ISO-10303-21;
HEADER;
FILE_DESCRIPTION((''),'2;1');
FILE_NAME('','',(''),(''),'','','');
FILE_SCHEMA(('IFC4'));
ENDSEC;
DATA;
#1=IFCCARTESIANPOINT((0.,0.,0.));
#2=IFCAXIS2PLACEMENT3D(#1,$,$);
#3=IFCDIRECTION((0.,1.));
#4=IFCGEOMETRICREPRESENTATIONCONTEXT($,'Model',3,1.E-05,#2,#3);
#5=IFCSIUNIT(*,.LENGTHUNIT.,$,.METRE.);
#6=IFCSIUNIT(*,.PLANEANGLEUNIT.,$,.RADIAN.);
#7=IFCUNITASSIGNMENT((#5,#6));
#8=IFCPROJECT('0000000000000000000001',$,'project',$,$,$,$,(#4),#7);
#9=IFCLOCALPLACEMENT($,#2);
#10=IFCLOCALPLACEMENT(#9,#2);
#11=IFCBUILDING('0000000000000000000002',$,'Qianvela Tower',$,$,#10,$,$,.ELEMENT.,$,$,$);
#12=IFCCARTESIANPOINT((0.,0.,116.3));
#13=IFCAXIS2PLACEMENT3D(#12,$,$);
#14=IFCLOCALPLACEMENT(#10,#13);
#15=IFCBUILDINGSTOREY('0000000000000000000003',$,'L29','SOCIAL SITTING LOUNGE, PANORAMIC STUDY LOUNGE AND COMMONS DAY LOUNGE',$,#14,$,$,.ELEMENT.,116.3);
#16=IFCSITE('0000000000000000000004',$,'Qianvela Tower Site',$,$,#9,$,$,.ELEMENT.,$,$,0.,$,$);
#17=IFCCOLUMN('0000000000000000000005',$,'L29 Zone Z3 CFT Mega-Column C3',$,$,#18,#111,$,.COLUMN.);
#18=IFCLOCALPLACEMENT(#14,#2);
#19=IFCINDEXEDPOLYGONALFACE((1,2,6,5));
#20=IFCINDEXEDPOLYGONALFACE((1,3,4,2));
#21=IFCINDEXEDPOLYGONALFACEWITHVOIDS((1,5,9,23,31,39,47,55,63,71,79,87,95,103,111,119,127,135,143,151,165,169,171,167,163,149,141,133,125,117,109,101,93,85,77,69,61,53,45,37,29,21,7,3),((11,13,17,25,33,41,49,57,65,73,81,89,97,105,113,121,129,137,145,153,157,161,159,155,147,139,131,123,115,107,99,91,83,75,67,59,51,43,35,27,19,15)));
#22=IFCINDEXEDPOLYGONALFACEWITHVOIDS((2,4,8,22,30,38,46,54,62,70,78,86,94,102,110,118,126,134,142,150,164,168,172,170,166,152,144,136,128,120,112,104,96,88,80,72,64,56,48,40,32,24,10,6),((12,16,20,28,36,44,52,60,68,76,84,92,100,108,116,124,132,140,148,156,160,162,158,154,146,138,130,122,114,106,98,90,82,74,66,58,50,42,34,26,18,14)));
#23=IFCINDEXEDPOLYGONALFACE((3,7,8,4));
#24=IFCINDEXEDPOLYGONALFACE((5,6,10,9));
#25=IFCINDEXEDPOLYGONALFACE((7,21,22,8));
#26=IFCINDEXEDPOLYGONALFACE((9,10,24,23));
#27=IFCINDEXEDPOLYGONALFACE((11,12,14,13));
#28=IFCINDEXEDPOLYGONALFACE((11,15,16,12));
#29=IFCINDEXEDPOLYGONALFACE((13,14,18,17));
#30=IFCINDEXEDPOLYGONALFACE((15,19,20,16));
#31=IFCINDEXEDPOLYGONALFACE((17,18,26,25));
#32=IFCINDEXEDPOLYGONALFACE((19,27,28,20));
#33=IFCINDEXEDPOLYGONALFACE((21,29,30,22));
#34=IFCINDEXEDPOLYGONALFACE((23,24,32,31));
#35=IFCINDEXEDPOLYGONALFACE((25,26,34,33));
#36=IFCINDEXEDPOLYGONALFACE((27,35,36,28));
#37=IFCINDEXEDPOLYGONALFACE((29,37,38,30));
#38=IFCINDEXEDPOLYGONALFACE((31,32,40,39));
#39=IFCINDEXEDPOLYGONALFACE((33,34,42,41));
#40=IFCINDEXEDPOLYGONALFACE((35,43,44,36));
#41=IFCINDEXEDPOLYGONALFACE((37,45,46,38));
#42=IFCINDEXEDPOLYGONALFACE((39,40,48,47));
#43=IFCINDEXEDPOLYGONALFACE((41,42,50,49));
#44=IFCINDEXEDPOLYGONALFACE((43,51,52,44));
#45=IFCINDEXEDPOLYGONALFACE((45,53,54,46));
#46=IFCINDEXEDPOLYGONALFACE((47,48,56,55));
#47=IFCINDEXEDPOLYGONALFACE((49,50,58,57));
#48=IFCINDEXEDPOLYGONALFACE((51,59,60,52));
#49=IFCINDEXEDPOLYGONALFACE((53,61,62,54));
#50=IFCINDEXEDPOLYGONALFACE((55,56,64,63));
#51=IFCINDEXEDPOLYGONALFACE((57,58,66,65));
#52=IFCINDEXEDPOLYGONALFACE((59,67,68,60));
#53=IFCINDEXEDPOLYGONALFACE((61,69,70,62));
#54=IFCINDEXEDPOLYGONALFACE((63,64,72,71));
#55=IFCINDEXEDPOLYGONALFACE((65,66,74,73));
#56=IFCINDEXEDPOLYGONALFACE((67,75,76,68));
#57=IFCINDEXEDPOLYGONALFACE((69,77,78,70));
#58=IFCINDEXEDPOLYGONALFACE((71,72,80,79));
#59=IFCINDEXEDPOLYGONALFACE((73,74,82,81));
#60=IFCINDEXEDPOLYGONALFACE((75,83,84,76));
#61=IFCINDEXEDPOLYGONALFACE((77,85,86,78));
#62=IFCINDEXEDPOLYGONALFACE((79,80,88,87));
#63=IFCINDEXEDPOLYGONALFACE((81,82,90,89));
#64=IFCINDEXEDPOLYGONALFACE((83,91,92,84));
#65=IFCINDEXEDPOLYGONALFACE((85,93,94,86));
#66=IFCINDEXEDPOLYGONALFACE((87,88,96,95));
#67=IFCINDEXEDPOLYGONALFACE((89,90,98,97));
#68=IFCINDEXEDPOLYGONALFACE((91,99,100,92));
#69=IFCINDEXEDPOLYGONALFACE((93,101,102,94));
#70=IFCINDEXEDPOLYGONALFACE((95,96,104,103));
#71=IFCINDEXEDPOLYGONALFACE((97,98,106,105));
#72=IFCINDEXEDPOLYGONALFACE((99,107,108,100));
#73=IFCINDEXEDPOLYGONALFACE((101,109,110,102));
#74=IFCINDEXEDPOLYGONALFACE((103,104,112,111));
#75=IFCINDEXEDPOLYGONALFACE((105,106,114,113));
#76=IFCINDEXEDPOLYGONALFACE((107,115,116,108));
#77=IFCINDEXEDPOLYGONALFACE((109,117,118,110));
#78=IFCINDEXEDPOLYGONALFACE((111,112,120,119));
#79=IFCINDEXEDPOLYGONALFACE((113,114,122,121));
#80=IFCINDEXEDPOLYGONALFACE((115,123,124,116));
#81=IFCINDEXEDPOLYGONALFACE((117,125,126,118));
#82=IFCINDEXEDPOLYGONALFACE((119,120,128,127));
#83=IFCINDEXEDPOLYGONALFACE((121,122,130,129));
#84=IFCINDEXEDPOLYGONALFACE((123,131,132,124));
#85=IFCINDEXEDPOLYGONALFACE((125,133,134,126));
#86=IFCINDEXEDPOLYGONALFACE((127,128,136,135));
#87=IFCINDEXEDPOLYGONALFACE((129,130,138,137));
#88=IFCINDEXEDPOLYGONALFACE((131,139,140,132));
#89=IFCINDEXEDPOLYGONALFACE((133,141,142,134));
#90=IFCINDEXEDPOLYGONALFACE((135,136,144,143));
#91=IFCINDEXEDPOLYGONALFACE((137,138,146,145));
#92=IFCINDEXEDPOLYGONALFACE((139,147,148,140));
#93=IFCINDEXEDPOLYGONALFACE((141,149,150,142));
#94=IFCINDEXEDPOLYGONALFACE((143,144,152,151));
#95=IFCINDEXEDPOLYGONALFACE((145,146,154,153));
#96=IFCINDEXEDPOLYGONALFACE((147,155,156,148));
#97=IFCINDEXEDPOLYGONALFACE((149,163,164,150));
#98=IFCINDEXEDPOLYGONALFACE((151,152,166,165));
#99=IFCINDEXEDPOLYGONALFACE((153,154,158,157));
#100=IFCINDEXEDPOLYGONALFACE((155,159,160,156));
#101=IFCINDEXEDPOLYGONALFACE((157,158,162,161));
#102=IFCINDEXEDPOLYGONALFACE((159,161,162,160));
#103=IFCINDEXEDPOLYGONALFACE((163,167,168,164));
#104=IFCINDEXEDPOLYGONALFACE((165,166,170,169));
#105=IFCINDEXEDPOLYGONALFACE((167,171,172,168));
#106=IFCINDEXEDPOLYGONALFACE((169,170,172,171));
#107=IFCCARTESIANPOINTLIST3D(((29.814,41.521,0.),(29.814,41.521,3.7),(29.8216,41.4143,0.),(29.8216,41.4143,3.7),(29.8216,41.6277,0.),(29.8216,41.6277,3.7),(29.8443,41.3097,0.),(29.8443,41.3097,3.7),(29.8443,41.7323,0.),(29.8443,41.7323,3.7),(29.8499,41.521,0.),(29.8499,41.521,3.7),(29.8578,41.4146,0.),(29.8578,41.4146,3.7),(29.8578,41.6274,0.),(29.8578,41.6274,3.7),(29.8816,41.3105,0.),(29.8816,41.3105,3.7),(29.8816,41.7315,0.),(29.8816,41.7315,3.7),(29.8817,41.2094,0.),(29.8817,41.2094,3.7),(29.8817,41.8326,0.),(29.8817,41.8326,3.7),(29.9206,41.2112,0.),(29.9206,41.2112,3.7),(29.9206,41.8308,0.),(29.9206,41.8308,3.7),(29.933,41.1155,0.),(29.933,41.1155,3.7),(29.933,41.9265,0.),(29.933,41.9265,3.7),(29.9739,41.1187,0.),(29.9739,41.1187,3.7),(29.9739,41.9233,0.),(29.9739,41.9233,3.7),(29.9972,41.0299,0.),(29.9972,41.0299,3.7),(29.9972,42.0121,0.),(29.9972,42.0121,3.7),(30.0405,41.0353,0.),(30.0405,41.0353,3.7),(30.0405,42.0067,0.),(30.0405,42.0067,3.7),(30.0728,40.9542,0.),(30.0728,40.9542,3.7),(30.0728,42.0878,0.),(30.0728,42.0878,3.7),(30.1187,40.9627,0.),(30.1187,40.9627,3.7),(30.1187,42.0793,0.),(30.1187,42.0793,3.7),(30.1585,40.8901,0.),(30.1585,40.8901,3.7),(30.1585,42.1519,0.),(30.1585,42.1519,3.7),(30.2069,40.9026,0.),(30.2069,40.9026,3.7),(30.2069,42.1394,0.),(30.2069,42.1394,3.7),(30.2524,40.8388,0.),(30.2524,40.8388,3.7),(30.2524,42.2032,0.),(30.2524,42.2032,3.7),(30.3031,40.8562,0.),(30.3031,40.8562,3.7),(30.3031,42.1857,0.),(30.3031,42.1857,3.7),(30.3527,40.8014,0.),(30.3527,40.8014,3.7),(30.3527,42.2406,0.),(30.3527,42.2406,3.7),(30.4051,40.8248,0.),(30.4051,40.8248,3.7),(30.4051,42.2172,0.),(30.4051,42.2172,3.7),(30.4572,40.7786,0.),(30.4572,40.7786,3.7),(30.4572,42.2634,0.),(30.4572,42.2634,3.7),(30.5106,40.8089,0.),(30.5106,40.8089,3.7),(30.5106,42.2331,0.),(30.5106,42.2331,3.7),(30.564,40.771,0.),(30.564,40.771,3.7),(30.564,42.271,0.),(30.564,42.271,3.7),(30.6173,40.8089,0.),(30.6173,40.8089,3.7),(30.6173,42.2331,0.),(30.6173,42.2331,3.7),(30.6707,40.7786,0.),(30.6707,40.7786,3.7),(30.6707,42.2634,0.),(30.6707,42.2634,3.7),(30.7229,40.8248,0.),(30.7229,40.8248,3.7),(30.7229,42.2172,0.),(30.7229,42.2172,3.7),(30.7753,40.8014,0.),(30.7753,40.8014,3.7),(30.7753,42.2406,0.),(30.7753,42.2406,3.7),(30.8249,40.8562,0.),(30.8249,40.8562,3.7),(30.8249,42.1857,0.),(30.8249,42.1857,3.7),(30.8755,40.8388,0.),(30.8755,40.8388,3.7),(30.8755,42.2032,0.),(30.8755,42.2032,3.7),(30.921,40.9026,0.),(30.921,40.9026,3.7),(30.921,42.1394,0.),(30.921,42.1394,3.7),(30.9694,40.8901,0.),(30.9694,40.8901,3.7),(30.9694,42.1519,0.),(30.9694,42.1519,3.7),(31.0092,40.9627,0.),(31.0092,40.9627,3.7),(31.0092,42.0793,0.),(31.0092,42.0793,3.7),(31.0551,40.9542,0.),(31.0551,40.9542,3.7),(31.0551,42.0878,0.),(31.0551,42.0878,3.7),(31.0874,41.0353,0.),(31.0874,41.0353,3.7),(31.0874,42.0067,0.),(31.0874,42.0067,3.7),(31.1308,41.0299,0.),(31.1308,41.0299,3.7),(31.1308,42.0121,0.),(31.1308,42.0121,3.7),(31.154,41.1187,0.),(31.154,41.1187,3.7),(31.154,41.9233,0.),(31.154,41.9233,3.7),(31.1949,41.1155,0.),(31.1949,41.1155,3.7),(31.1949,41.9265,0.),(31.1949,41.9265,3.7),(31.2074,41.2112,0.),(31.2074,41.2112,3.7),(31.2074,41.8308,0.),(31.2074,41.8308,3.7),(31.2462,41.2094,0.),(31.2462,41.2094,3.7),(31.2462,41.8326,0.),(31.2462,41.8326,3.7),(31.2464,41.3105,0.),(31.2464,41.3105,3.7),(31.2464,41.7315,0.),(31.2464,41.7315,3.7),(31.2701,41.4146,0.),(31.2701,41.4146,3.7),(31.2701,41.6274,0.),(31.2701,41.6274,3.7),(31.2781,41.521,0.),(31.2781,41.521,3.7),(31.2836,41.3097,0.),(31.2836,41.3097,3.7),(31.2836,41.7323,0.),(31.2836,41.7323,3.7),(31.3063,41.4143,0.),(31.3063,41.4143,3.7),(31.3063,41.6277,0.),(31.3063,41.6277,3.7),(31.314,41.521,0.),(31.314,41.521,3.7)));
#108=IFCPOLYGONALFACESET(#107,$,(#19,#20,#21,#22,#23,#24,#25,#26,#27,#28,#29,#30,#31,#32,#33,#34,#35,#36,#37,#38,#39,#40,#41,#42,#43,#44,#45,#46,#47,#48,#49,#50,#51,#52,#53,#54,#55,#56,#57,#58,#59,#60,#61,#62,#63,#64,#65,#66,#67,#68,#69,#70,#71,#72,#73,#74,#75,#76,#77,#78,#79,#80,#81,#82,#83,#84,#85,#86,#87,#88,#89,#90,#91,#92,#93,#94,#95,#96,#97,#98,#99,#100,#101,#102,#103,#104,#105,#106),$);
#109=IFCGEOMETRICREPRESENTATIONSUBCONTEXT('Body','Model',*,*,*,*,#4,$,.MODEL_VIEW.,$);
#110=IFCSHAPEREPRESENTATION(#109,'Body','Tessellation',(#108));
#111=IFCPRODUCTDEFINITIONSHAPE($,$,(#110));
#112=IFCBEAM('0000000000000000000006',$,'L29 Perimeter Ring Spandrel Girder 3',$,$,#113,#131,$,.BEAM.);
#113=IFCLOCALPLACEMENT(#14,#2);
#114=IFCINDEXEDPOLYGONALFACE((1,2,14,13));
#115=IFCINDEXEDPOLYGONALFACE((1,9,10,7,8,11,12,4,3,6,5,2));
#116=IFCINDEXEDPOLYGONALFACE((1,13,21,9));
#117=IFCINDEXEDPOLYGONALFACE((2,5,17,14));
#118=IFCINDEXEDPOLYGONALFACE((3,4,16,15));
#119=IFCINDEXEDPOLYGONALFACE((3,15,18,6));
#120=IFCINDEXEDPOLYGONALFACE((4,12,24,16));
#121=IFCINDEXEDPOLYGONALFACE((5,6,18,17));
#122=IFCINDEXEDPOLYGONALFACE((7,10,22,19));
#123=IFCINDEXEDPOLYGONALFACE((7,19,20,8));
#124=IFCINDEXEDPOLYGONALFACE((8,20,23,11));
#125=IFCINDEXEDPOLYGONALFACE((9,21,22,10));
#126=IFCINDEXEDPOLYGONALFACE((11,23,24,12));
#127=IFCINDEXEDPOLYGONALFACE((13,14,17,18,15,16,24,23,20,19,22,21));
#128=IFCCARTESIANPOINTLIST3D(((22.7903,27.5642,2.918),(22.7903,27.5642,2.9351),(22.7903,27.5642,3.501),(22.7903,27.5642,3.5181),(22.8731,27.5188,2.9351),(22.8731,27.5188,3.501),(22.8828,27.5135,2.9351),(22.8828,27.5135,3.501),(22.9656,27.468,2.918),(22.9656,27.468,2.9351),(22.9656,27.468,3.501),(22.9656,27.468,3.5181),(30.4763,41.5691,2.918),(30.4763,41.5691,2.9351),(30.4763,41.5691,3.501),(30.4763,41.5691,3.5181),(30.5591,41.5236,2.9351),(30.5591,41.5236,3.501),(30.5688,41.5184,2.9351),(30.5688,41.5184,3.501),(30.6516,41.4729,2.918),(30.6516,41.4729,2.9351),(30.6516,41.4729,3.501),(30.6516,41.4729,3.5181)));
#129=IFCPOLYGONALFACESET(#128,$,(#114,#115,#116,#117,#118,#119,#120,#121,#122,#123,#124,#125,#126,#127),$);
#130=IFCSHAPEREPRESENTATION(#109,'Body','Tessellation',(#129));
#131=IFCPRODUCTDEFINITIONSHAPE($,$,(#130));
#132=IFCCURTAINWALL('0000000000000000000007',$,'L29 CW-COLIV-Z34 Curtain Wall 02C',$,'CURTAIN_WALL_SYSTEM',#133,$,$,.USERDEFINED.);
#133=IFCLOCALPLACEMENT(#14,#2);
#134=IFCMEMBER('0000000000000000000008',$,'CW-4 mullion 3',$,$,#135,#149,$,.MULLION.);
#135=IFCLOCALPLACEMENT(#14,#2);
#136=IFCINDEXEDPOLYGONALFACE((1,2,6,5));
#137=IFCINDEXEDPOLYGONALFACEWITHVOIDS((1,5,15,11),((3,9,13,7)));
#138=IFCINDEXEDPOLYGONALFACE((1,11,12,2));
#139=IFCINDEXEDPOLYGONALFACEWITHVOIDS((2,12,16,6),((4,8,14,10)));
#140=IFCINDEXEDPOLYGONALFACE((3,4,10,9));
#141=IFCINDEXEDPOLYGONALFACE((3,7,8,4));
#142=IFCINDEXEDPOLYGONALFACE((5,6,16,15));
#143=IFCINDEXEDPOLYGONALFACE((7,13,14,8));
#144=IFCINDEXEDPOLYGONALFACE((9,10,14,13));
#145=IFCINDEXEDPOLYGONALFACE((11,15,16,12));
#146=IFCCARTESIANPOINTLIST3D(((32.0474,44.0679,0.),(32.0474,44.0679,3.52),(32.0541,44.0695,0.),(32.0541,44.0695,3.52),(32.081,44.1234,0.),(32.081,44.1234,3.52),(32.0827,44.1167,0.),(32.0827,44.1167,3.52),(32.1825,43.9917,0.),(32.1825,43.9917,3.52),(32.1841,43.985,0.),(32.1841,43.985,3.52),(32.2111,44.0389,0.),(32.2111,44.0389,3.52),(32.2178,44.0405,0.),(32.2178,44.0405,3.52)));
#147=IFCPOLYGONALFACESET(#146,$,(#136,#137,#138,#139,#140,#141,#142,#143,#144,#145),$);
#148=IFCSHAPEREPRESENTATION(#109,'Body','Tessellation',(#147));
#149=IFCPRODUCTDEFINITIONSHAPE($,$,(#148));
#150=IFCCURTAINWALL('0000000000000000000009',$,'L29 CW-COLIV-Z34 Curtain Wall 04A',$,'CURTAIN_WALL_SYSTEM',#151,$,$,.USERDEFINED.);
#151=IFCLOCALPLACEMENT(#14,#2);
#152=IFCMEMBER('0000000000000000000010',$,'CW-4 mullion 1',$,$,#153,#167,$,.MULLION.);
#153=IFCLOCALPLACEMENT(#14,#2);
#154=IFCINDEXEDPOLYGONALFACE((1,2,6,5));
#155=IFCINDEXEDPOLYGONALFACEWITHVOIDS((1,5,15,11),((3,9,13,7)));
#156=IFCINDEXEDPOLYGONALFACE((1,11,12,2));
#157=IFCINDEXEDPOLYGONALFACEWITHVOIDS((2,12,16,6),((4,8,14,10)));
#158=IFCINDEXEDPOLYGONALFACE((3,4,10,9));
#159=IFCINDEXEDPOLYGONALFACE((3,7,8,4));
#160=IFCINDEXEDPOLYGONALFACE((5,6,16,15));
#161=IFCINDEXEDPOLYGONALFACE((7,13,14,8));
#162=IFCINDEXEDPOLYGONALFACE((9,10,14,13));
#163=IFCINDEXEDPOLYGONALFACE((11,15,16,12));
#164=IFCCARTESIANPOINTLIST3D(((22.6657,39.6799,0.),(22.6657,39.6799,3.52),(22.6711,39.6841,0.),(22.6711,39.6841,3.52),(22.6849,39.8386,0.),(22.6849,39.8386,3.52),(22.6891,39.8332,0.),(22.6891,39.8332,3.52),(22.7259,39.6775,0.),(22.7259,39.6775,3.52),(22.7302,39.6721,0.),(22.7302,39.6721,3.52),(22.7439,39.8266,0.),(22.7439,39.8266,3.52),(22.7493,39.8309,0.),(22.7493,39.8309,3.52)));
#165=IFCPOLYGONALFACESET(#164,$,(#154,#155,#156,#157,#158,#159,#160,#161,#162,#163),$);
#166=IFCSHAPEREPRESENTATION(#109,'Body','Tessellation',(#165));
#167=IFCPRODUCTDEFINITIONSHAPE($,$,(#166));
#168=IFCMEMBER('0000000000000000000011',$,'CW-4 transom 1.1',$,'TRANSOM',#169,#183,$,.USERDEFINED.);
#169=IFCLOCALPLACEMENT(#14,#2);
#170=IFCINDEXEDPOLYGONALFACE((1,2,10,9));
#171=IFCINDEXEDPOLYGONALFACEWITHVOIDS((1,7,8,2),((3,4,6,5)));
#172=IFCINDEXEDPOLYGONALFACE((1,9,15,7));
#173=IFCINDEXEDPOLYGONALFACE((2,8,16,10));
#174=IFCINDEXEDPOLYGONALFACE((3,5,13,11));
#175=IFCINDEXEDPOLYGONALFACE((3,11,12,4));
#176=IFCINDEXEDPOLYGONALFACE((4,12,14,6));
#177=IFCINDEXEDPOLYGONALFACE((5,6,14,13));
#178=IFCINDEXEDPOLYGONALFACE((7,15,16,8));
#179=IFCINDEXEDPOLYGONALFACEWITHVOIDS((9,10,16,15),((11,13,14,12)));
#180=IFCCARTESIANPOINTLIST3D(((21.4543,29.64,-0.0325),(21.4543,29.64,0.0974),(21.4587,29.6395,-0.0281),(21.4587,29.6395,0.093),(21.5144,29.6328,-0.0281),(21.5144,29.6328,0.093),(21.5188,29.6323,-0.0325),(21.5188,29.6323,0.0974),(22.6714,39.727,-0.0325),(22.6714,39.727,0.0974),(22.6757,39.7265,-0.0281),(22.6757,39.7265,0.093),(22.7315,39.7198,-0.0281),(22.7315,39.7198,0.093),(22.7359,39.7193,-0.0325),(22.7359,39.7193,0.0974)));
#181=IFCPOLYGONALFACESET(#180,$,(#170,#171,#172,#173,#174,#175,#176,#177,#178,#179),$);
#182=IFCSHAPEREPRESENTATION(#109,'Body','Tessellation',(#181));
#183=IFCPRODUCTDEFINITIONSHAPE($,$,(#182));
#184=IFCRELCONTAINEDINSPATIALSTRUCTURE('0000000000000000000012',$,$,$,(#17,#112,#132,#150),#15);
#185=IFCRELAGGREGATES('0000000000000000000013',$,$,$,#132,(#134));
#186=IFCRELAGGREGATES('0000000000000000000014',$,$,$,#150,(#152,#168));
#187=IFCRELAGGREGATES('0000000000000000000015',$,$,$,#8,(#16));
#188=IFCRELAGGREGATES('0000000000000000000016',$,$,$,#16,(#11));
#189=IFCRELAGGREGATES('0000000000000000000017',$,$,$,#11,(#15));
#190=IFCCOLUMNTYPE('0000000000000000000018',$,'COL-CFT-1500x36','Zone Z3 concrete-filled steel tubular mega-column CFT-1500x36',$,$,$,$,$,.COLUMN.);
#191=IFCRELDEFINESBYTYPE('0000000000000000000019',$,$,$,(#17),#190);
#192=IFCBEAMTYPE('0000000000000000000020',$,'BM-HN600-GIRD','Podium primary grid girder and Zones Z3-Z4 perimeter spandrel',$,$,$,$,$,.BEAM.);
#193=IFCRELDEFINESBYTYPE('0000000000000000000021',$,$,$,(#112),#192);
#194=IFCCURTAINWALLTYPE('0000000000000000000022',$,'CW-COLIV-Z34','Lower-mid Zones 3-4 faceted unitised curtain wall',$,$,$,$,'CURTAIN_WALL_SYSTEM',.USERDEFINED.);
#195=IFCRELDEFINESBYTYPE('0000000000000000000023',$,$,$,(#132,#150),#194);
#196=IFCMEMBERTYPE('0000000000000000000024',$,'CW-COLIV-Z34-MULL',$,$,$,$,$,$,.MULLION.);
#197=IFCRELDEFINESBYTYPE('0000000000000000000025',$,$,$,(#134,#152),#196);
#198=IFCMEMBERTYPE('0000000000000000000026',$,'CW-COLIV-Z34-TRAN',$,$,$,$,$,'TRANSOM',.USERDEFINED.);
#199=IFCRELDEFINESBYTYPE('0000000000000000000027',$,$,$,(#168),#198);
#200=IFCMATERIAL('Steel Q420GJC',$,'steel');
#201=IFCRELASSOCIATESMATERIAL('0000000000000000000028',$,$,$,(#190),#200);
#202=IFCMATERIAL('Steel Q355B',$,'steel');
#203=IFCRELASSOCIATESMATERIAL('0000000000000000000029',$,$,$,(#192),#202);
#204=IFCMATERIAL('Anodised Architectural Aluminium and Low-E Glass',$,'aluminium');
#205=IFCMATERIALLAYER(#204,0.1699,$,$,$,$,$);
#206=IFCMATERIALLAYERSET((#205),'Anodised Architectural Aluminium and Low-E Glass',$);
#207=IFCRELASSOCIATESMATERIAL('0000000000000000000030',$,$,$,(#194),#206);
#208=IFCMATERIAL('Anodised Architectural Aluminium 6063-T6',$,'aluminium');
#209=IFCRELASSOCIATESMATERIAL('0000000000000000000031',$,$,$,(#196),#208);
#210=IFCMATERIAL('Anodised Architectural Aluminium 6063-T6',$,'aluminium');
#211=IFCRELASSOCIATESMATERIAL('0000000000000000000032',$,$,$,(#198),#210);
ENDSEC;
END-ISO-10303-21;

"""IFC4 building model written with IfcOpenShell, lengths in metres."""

from ifc_helpers import new_model, si_unit, direction, frame, origin, origin_2d, place, context, subcontext, project, spatial, hollow_rectangle, hollow_circle, i_section, extrude, material, layer, layer_set, material_profile, profile_set, type_object, element, aggregate, save


model = new_model("IFC4")

# Units and contexts
model_context = context("Model", 3, precision=1e-05, world=origin(), true_north=direction((0.0, 1.0)))
body_context = subcontext(model_context, "Body", "Model", "MODEL_VIEW")
ifc_project = project(units=[si_unit("LENGTHUNIT", "METRE"), si_unit("PLANEANGLEUNIT", "RADIAN")], contexts=[model_context])

# Site, building, storey
site_placement = place(None, origin())
site = spatial("IfcSite", under=ifc_project, at=site_placement, Name="Qianvela Tower Site", CompositionType="ELEMENT", RefElevation=0.0)
building_placement = place(site_placement, origin())
building = spatial("IfcBuilding", under=site, at=building_placement, Name="Qianvela Tower", CompositionType="ELEMENT")
storey_placement = place(building_placement, frame((0.0, 0.0, 116.3)))
storey = spatial("IfcBuildingStorey", under=building, at=storey_placement, Name="L29", Description="SOCIAL SITTING LOUNGE, PANORAMIC STUDY LOUNGE AND COMMONS DAY LOUNGE", CompositionType="ELEMENT", Elevation=116.3)

# Column
ifc_material_1 = material(Name="Steel Q420GJC", Category="steel")
ifc_material_profile_1 = material_profile(ifc_material_1, hollow_circle(Radius=0.75, WallThickness=0.0359, at=origin_2d()), Name="CFT-1500x36")
ifc_profile_set_1 = profile_set([ifc_material_profile_1], Name="Steel Q420GJC")
column_type = type_object("IfcColumnType", Name="COL-CFT-1500x36", Description="Zone Z3 concrete-filled steel tubular mega-column CFT-1500x36", PredefinedType="COLUMN", material=ifc_profile_set_1)
column_placement = place(storey_placement, frame((30.564, 41.521, 0.0), z_axis=(0.0, 0.0, 1.0), x_axis=(1.0, 0.0, 0.0)))
element("IfcColumn", 1, at=column_placement, inside=storey, type_object=column_type, Name="L29 Zone Z3 CFT Mega-Column C3", PredefinedType="COLUMN", context=body_context, shape_type="SweptSolid", body=[
    extrude(hollow_circle(Radius=0.75, WallThickness=0.0359, at=origin_2d()), origin(), (0.0, 0.0, 1.0), 3.7),
])

# Beam
ifc_material_2 = material(Name="Steel Q355B", Category="steel")
ifc_material_profile_2 = material_profile(ifc_material_2, i_section(OverallWidth=0.2, OverallDepth=0.6001, WebThickness=0.011, FlangeThickness=0.0171, at=origin_2d()), Name="HN600x200x11x17")
ifc_profile_set_2 = profile_set([ifc_material_profile_2], Name="Steel Q355B")
beam_type = type_object("IfcBeamType", Name="BM-HN600-GIRD", Description="Podium primary grid girder and Zones Z3-Z4 perimeter spandrel", PredefinedType="BEAM", material=ifc_profile_set_2)
beam_placement = place(storey_placement, frame((30.564, 41.521, 3.218), z_axis=(-0.481118, -0.876656, 0.0), x_axis=(0.876656, -0.481118, 0.0)))
element("IfcBeam", 2, at=beam_placement, inside=storey, type_object=beam_type, Name="L29 Perimeter Ring Spandrel Girder 3", PredefinedType="BEAM", context=body_context, shape_type="SweptSolid", body=[
    extrude(i_section(OverallWidth=0.2, OverallDepth=0.6001, WebThickness=0.011, FlangeThickness=0.0171, at=origin_2d()), origin(), (0.0, 0.0, 1.0), 15.9753),
])

# Curtain wall, member
ifc_material_3 = material(Name="Anodised Architectural Aluminium and Low-E Glass", Category="aluminium")
ifc_layer_1 = layer(ifc_material_3, 0.1699)
ifc_layer_set_1 = layer_set([ifc_layer_1], Name="Anodised Architectural Aluminium and Low-E Glass")
curtain_wall_type = type_object("IfcCurtainWallType", Name="CW-COLIV-Z34", Description="Lower-mid Zones 3-4 faceted unitised curtain wall", ElementType="CURTAIN_WALL_SYSTEM", PredefinedType="USERDEFINED", material=ifc_layer_set_1)
curtain_wall_1_placement = place(storey_placement, origin())
curtain_wall_1 = element("IfcCurtainWall", 3, at=curtain_wall_1_placement, inside=storey, type_object=curtain_wall_type, Name="L29 CW-COLIV-Z34 Curtain Wall 02C", ObjectType="CURTAIN_WALL_SYSTEM", PredefinedType="USERDEFINED")
ifc_material_4 = material(Name="Anodised Architectural Aluminium 6063-T6", Category="aluminium")
ifc_material_profile_3 = material_profile(ifc_material_4, hollow_rectangle(XDim=0.0649, YDim=0.1599, WallThickness=0.0049, at=origin_2d()), Name="ALU-MULL-65x160")
ifc_profile_set_3 = profile_set([ifc_material_profile_3], Name="Anodised Architectural Aluminium 6063-T6")
member_type_1 = type_object("IfcMemberType", Name="CW-COLIV-Z34-MULL", PredefinedType="MULLION", material=ifc_profile_set_3)
member_1_placement = place(storey_placement, frame((32.1326, 44.0542, 0.0), z_axis=(0.0, 0.0, 1.0), x_axis=(-0.518521, -0.855065, 0.0)))
member_1 = element("IfcMember", 4, at=member_1_placement, type_object=member_type_1, Name="CW-4 mullion 3", PredefinedType="MULLION", context=body_context, shape_type="SweptSolid", body=[
    extrude(hollow_rectangle(XDim=0.0649, YDim=0.1599, WallThickness=0.0049, at=origin_2d()), origin(), (0.0, 0.0, 1.0), 3.52),
])
aggregate(curtain_wall_1, [member_1])

# Curtain wall, members
curtain_wall_2_placement = place(storey_placement, origin())
curtain_wall_2 = element("IfcCurtainWall", 5, at=curtain_wall_2_placement, inside=storey, type_object=curtain_wall_type, Name="L29 CW-COLIV-Z34 Curtain Wall 04A", ObjectType="CURTAIN_WALL_SYSTEM", PredefinedType="USERDEFINED")
member_2_placement = place(storey_placement, frame((22.7075, 39.7554, 0.0), z_axis=(0.0, 0.0, 1.0), x_axis=(0.9928, -0.119786, 0.0)))
member_2 = element("IfcMember", 6, at=member_2_placement, type_object=member_type_1, Name="CW-4 mullion 1", PredefinedType="MULLION", context=body_context, shape_type="SweptSolid", body=[
    extrude(hollow_rectangle(XDim=0.0649, YDim=0.1599, WallThickness=0.0049, at=origin_2d()), origin(), (0.0, 0.0, 1.0), 3.52),
])
ifc_material_5 = material(Name="Anodised Architectural Aluminium 6063-T6", Category="aluminium")
ifc_material_profile_4 = material_profile(ifc_material_5, hollow_rectangle(XDim=0.0649, YDim=0.1299, WallThickness=0.0044, at=origin_2d()), Name="ALU-TRAN-65x130")
ifc_profile_set_4 = profile_set([ifc_material_profile_4], Name="Anodised Architectural Aluminium 6063-T6")
member_type_2 = type_object("IfcMemberType", Name="CW-COLIV-Z34-TRAN", ElementType="TRANSOM", PredefinedType="USERDEFINED", material=ifc_profile_set_4)
member_3_placement = place(storey_placement, frame((22.7036, 39.7231, 0.0325), z_axis=(-0.119787, -0.9928, 0.0), x_axis=(0.9928, -0.119787, 0.0)))
member_3 = element("IfcMember", 7, at=member_3_placement, type_object=member_type_2, Name="CW-4 transom 1.1", ObjectType="TRANSOM", PredefinedType="USERDEFINED", context=body_context, shape_type="SweptSolid", body=[
    extrude(hollow_rectangle(XDim=0.0649, YDim=0.1299, WallThickness=0.0044, at=origin_2d()), origin(), (0.0, 0.0, 1.0), 10.1602),
])
aggregate(curtain_wall_2, [member_2, member_3])

save(model, "model.ifc")
